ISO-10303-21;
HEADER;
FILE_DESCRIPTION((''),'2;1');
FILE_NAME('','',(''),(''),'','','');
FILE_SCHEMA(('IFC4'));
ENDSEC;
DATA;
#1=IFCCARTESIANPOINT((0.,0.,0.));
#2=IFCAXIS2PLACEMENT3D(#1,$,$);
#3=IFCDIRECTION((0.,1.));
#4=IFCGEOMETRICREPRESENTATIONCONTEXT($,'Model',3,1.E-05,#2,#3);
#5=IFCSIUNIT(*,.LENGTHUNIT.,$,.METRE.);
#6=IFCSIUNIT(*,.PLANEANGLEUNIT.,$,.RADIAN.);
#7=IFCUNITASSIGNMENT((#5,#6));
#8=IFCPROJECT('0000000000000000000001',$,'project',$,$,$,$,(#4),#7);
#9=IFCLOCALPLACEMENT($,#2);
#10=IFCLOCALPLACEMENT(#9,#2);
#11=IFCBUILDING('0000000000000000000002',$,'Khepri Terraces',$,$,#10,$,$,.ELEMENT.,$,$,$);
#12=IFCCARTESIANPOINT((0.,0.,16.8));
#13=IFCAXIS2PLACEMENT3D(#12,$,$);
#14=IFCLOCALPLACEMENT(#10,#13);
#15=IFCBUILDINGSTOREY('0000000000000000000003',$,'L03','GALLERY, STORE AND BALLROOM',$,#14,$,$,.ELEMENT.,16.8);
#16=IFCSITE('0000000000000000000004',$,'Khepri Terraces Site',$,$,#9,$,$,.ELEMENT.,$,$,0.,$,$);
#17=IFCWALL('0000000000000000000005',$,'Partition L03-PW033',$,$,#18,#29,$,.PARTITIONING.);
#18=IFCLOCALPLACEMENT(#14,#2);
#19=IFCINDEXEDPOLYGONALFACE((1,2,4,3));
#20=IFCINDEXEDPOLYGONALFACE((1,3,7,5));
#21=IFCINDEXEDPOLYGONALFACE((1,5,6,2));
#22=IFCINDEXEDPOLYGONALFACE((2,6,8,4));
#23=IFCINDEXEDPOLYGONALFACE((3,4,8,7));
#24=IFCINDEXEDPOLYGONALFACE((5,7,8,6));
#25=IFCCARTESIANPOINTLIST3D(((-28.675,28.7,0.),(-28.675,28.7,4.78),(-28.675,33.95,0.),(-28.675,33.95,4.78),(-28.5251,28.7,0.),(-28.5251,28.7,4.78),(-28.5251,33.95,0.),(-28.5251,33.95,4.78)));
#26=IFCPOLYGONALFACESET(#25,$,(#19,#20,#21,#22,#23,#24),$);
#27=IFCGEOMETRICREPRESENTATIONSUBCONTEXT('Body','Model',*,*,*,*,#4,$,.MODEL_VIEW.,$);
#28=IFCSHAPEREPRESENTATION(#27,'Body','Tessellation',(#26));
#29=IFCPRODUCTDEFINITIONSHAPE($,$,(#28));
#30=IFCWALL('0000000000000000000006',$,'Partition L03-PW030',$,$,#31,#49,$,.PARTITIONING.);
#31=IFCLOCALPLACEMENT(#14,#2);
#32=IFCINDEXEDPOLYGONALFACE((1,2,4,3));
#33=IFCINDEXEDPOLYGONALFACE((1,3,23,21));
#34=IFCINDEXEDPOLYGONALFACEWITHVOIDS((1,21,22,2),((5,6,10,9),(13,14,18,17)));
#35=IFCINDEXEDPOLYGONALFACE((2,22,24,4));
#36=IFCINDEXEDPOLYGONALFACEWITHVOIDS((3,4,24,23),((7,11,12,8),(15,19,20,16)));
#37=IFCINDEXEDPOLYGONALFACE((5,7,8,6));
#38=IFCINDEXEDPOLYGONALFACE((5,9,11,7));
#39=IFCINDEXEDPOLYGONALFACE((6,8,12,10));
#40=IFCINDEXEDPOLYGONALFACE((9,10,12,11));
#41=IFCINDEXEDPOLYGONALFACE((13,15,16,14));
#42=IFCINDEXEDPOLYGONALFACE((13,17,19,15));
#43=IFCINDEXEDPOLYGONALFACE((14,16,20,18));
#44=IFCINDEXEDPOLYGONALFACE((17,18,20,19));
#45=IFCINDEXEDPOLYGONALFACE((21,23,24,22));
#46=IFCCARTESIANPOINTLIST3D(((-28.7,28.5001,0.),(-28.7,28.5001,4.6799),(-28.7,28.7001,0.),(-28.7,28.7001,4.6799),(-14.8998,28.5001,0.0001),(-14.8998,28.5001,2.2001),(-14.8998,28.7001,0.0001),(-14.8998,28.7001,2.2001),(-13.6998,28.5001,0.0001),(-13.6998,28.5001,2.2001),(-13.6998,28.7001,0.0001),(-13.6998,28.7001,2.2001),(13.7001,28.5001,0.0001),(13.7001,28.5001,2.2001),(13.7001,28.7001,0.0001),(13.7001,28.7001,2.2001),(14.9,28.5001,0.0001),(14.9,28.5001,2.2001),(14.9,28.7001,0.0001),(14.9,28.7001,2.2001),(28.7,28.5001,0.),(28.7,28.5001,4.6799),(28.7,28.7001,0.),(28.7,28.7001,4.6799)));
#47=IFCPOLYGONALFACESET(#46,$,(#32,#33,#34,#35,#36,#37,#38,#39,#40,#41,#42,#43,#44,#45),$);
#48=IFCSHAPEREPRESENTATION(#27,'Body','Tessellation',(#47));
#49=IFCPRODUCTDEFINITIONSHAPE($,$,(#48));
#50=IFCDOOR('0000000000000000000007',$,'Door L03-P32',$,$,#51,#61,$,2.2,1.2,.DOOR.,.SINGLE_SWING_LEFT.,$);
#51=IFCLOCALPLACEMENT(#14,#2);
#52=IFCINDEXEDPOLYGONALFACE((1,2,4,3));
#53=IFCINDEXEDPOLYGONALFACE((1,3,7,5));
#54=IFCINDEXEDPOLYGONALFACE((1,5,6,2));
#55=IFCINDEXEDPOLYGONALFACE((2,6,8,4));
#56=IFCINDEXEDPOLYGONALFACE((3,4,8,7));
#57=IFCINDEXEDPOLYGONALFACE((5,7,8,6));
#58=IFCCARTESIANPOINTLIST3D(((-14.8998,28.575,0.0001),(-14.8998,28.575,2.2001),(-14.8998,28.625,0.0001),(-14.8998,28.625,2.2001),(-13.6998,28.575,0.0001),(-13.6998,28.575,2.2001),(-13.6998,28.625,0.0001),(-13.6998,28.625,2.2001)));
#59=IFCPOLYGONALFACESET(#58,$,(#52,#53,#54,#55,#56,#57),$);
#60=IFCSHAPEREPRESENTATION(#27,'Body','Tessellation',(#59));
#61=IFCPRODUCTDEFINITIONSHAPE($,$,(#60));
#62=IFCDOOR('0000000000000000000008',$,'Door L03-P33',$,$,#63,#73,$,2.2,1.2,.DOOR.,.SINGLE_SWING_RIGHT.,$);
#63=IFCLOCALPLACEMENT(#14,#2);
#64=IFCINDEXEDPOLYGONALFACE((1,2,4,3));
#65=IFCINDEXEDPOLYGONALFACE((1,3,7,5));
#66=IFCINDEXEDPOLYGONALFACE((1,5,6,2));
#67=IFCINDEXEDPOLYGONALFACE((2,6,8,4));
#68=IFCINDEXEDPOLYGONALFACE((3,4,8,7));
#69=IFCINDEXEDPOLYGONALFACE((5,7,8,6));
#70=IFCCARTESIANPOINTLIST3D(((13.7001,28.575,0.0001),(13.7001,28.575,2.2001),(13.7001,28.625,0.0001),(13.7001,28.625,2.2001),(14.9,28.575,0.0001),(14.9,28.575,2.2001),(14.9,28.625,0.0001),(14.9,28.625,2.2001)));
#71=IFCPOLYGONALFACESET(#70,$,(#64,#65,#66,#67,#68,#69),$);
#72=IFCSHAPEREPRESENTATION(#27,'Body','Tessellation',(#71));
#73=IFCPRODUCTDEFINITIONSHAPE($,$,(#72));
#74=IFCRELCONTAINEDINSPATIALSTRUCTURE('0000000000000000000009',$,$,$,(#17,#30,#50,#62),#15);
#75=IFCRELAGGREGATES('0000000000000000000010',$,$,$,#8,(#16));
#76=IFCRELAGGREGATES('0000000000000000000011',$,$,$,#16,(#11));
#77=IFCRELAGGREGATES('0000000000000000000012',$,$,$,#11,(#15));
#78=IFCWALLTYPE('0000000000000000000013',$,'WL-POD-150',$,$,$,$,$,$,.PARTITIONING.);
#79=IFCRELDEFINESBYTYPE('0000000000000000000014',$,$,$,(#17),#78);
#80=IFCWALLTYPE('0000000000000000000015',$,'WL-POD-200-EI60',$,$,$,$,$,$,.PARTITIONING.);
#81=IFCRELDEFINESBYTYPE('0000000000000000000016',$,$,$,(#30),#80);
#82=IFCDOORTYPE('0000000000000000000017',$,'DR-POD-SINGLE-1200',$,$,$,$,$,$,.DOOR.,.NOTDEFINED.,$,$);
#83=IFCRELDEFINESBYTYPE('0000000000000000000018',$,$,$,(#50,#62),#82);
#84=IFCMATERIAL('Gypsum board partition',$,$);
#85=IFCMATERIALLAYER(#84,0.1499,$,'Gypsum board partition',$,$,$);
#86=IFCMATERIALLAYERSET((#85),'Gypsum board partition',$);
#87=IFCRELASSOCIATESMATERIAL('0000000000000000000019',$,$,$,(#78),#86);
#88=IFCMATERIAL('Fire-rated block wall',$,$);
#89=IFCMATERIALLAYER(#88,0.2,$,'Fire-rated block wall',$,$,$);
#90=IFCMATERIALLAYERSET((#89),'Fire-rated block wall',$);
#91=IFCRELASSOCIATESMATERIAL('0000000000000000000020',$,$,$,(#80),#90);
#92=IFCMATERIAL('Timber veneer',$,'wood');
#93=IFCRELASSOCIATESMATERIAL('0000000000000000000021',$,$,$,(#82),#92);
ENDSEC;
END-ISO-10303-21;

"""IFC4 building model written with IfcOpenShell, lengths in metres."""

from ifc_helpers import new_model, si_unit, direction, frame, frame_2d, origin, place, context, subcontext, project, spatial, rectangle, extrude, material, layer, layer_set, type_object, element, fill, save


model = new_model("IFC4")

# Units and contexts
model_context = context("Model", 3, precision=1e-05, world=origin(), true_north=direction((0.0, 1.0)))
body_context = subcontext(model_context, "Body", "Model", "MODEL_VIEW")
ifc_project = project(units=[si_unit("LENGTHUNIT", "METRE"), si_unit("PLANEANGLEUNIT", "RADIAN")], contexts=[model_context])

# Site, building, storey
site_placement = place(None, origin())
site = spatial("IfcSite", under=ifc_project, at=site_placement, Name="Khepri Terraces Site", CompositionType="ELEMENT", RefElevation=0.0)
building_placement = place(site_placement, origin())
building = spatial("IfcBuilding", under=site, at=building_placement, Name="Khepri Terraces", CompositionType="ELEMENT")
storey_placement = place(building_placement, frame((0.0, 0.0, 16.8)))
storey = spatial("IfcBuildingStorey", under=building, at=storey_placement, Name="L03", Description="GALLERY, STORE AND BALLROOM", CompositionType="ELEMENT", Elevation=16.8)

# Wall
ifc_material_1 = material(Name="Gypsum board partition")
ifc_layer_1 = layer(ifc_material_1, 0.1499, Name="Gypsum board partition")
ifc_layer_set_1 = layer_set([ifc_layer_1], Name="Gypsum board partition")
wall_type_1 = type_object("IfcWallType", Name="WL-POD-150", PredefinedType="PARTITIONING", material=ifc_layer_set_1)
wall_1_placement = place(storey_placement, frame((-28.6001, 28.7, 0.0), z_axis=(0.0, 0.0, 1.0), x_axis=(0.0, 1.0, 0.0)))
element("IfcWall", 1, at=wall_1_placement, inside=storey, type_object=wall_type_1, Name="Partition L03-PW033", PredefinedType="PARTITIONING", context=body_context, shape_type="SweptSolid", body=[
    extrude(rectangle(XDim=5.25, YDim=0.1499, at=frame_2d((2.625, 0.0))), origin(), (0.0, 0.0, 1.0), 4.78),
])

# Wall, openings, doors
ifc_material_2 = material(Name="Fire-rated block wall")
ifc_layer_2 = layer(ifc_material_2, 0.2, Name="Fire-rated block wall")
ifc_layer_set_2 = layer_set([ifc_layer_2], Name="Fire-rated block wall")
wall_type_2 = type_object("IfcWallType", Name="WL-POD-200-EI60", PredefinedType="PARTITIONING", material=ifc_layer_set_2)
wall_2_placement = place(storey_placement, frame((-28.7, 28.6001, 0.0), z_axis=(0.0, 0.0, 1.0), x_axis=(1.0, 0.0, 0.0)))
wall_2 = element("IfcWall", 2, at=wall_2_placement, inside=storey, type_object=wall_type_2, Name="Partition L03-PW030", PredefinedType="PARTITIONING", context=body_context, shape_type="SweptSolid", body=[
    extrude(rectangle(XDim=57.3999, YDim=0.2, at=frame_2d((28.7, 0.0))), origin(), (0.0, 0.0, 1.0), 4.6799),
])
opening_1_placement = place(wall_2_placement, frame((13.8, 0.0, 0.0)))
opening_1 = element("IfcOpeningElement", 3, at=opening_1_placement, cuts=wall_2, PredefinedType="OPENING", context=body_context, shape_type="SweptSolid", body=[
    extrude(rectangle(XDim=1.2, YDim=2.2, at=frame_2d((0.6001, 1.1001))), frame((0.0, 0.1099, 0.0), z_axis=(0.0, -1.0, 0.0), x_axis=(1.0, 0.0, 0.0)), (0.0, 0.0, 1.0), 0.22),
])
opening_2_placement = place(wall_2_placement, frame((42.3999, 0.0, 0.0)))
opening_2 = element("IfcOpeningElement", 4, at=opening_2_placement, cuts=wall_2, PredefinedType="OPENING", context=body_context, shape_type="SweptSolid", body=[
    extrude(rectangle(XDim=1.2, YDim=2.2, at=frame_2d((0.6001, 1.1001))), frame((0.0, 0.1099, 0.0), z_axis=(0.0, -1.0, 0.0), x_axis=(1.0, 0.0, 0.0)), (0.0, 0.0, 1.0), 0.22),
])
ifc_material_3 = material(Name="Timber veneer", Category="wood")
door_type = type_object("IfcDoorType", Name="DR-POD-SINGLE-1200", OperationType="NOTDEFINED", PredefinedType="DOOR", material=ifc_material_3)
door_1_placement = place(opening_1_placement, origin())
door_1 = element("IfcDoor", 5, at=door_1_placement, inside=storey, type_object=door_type, Name="Door L03-P32", OperationType="SINGLE_SWING_LEFT", OverallHeight=2.2, OverallWidth=1.2, PredefinedType="DOOR", context=body_context, shape_type="SweptSolid", body=[
    extrude(rectangle(XDim=1.2, YDim=2.2, at=frame_2d((0.6001, 1.1001))), frame((0.0, 0.0249, 0.0), z_axis=(0.0, -1.0, 0.0), x_axis=(1.0, 0.0, 0.0)), (0.0, 0.0, 1.0), 0.05),
])
fill(opening_1, door_1)
door_2_placement = place(opening_2_placement, origin())
door_2 = element("IfcDoor", 6, at=door_2_placement, inside=storey, type_object=door_type, Name="Door L03-P33", OperationType="SINGLE_SWING_RIGHT", OverallHeight=2.2, OverallWidth=1.2, PredefinedType="DOOR", context=body_context, shape_type="SweptSolid", body=[
    extrude(rectangle(XDim=1.2, YDim=2.2, at=frame_2d((0.6001, 1.1001))), frame((0.0, 0.0249, 0.0), z_axis=(0.0, -1.0, 0.0), x_axis=(1.0, 0.0, 0.0)), (0.0, 0.0, 1.0), 0.05),
])
fill(opening_2, door_2)

save(model, "model.ifc")
